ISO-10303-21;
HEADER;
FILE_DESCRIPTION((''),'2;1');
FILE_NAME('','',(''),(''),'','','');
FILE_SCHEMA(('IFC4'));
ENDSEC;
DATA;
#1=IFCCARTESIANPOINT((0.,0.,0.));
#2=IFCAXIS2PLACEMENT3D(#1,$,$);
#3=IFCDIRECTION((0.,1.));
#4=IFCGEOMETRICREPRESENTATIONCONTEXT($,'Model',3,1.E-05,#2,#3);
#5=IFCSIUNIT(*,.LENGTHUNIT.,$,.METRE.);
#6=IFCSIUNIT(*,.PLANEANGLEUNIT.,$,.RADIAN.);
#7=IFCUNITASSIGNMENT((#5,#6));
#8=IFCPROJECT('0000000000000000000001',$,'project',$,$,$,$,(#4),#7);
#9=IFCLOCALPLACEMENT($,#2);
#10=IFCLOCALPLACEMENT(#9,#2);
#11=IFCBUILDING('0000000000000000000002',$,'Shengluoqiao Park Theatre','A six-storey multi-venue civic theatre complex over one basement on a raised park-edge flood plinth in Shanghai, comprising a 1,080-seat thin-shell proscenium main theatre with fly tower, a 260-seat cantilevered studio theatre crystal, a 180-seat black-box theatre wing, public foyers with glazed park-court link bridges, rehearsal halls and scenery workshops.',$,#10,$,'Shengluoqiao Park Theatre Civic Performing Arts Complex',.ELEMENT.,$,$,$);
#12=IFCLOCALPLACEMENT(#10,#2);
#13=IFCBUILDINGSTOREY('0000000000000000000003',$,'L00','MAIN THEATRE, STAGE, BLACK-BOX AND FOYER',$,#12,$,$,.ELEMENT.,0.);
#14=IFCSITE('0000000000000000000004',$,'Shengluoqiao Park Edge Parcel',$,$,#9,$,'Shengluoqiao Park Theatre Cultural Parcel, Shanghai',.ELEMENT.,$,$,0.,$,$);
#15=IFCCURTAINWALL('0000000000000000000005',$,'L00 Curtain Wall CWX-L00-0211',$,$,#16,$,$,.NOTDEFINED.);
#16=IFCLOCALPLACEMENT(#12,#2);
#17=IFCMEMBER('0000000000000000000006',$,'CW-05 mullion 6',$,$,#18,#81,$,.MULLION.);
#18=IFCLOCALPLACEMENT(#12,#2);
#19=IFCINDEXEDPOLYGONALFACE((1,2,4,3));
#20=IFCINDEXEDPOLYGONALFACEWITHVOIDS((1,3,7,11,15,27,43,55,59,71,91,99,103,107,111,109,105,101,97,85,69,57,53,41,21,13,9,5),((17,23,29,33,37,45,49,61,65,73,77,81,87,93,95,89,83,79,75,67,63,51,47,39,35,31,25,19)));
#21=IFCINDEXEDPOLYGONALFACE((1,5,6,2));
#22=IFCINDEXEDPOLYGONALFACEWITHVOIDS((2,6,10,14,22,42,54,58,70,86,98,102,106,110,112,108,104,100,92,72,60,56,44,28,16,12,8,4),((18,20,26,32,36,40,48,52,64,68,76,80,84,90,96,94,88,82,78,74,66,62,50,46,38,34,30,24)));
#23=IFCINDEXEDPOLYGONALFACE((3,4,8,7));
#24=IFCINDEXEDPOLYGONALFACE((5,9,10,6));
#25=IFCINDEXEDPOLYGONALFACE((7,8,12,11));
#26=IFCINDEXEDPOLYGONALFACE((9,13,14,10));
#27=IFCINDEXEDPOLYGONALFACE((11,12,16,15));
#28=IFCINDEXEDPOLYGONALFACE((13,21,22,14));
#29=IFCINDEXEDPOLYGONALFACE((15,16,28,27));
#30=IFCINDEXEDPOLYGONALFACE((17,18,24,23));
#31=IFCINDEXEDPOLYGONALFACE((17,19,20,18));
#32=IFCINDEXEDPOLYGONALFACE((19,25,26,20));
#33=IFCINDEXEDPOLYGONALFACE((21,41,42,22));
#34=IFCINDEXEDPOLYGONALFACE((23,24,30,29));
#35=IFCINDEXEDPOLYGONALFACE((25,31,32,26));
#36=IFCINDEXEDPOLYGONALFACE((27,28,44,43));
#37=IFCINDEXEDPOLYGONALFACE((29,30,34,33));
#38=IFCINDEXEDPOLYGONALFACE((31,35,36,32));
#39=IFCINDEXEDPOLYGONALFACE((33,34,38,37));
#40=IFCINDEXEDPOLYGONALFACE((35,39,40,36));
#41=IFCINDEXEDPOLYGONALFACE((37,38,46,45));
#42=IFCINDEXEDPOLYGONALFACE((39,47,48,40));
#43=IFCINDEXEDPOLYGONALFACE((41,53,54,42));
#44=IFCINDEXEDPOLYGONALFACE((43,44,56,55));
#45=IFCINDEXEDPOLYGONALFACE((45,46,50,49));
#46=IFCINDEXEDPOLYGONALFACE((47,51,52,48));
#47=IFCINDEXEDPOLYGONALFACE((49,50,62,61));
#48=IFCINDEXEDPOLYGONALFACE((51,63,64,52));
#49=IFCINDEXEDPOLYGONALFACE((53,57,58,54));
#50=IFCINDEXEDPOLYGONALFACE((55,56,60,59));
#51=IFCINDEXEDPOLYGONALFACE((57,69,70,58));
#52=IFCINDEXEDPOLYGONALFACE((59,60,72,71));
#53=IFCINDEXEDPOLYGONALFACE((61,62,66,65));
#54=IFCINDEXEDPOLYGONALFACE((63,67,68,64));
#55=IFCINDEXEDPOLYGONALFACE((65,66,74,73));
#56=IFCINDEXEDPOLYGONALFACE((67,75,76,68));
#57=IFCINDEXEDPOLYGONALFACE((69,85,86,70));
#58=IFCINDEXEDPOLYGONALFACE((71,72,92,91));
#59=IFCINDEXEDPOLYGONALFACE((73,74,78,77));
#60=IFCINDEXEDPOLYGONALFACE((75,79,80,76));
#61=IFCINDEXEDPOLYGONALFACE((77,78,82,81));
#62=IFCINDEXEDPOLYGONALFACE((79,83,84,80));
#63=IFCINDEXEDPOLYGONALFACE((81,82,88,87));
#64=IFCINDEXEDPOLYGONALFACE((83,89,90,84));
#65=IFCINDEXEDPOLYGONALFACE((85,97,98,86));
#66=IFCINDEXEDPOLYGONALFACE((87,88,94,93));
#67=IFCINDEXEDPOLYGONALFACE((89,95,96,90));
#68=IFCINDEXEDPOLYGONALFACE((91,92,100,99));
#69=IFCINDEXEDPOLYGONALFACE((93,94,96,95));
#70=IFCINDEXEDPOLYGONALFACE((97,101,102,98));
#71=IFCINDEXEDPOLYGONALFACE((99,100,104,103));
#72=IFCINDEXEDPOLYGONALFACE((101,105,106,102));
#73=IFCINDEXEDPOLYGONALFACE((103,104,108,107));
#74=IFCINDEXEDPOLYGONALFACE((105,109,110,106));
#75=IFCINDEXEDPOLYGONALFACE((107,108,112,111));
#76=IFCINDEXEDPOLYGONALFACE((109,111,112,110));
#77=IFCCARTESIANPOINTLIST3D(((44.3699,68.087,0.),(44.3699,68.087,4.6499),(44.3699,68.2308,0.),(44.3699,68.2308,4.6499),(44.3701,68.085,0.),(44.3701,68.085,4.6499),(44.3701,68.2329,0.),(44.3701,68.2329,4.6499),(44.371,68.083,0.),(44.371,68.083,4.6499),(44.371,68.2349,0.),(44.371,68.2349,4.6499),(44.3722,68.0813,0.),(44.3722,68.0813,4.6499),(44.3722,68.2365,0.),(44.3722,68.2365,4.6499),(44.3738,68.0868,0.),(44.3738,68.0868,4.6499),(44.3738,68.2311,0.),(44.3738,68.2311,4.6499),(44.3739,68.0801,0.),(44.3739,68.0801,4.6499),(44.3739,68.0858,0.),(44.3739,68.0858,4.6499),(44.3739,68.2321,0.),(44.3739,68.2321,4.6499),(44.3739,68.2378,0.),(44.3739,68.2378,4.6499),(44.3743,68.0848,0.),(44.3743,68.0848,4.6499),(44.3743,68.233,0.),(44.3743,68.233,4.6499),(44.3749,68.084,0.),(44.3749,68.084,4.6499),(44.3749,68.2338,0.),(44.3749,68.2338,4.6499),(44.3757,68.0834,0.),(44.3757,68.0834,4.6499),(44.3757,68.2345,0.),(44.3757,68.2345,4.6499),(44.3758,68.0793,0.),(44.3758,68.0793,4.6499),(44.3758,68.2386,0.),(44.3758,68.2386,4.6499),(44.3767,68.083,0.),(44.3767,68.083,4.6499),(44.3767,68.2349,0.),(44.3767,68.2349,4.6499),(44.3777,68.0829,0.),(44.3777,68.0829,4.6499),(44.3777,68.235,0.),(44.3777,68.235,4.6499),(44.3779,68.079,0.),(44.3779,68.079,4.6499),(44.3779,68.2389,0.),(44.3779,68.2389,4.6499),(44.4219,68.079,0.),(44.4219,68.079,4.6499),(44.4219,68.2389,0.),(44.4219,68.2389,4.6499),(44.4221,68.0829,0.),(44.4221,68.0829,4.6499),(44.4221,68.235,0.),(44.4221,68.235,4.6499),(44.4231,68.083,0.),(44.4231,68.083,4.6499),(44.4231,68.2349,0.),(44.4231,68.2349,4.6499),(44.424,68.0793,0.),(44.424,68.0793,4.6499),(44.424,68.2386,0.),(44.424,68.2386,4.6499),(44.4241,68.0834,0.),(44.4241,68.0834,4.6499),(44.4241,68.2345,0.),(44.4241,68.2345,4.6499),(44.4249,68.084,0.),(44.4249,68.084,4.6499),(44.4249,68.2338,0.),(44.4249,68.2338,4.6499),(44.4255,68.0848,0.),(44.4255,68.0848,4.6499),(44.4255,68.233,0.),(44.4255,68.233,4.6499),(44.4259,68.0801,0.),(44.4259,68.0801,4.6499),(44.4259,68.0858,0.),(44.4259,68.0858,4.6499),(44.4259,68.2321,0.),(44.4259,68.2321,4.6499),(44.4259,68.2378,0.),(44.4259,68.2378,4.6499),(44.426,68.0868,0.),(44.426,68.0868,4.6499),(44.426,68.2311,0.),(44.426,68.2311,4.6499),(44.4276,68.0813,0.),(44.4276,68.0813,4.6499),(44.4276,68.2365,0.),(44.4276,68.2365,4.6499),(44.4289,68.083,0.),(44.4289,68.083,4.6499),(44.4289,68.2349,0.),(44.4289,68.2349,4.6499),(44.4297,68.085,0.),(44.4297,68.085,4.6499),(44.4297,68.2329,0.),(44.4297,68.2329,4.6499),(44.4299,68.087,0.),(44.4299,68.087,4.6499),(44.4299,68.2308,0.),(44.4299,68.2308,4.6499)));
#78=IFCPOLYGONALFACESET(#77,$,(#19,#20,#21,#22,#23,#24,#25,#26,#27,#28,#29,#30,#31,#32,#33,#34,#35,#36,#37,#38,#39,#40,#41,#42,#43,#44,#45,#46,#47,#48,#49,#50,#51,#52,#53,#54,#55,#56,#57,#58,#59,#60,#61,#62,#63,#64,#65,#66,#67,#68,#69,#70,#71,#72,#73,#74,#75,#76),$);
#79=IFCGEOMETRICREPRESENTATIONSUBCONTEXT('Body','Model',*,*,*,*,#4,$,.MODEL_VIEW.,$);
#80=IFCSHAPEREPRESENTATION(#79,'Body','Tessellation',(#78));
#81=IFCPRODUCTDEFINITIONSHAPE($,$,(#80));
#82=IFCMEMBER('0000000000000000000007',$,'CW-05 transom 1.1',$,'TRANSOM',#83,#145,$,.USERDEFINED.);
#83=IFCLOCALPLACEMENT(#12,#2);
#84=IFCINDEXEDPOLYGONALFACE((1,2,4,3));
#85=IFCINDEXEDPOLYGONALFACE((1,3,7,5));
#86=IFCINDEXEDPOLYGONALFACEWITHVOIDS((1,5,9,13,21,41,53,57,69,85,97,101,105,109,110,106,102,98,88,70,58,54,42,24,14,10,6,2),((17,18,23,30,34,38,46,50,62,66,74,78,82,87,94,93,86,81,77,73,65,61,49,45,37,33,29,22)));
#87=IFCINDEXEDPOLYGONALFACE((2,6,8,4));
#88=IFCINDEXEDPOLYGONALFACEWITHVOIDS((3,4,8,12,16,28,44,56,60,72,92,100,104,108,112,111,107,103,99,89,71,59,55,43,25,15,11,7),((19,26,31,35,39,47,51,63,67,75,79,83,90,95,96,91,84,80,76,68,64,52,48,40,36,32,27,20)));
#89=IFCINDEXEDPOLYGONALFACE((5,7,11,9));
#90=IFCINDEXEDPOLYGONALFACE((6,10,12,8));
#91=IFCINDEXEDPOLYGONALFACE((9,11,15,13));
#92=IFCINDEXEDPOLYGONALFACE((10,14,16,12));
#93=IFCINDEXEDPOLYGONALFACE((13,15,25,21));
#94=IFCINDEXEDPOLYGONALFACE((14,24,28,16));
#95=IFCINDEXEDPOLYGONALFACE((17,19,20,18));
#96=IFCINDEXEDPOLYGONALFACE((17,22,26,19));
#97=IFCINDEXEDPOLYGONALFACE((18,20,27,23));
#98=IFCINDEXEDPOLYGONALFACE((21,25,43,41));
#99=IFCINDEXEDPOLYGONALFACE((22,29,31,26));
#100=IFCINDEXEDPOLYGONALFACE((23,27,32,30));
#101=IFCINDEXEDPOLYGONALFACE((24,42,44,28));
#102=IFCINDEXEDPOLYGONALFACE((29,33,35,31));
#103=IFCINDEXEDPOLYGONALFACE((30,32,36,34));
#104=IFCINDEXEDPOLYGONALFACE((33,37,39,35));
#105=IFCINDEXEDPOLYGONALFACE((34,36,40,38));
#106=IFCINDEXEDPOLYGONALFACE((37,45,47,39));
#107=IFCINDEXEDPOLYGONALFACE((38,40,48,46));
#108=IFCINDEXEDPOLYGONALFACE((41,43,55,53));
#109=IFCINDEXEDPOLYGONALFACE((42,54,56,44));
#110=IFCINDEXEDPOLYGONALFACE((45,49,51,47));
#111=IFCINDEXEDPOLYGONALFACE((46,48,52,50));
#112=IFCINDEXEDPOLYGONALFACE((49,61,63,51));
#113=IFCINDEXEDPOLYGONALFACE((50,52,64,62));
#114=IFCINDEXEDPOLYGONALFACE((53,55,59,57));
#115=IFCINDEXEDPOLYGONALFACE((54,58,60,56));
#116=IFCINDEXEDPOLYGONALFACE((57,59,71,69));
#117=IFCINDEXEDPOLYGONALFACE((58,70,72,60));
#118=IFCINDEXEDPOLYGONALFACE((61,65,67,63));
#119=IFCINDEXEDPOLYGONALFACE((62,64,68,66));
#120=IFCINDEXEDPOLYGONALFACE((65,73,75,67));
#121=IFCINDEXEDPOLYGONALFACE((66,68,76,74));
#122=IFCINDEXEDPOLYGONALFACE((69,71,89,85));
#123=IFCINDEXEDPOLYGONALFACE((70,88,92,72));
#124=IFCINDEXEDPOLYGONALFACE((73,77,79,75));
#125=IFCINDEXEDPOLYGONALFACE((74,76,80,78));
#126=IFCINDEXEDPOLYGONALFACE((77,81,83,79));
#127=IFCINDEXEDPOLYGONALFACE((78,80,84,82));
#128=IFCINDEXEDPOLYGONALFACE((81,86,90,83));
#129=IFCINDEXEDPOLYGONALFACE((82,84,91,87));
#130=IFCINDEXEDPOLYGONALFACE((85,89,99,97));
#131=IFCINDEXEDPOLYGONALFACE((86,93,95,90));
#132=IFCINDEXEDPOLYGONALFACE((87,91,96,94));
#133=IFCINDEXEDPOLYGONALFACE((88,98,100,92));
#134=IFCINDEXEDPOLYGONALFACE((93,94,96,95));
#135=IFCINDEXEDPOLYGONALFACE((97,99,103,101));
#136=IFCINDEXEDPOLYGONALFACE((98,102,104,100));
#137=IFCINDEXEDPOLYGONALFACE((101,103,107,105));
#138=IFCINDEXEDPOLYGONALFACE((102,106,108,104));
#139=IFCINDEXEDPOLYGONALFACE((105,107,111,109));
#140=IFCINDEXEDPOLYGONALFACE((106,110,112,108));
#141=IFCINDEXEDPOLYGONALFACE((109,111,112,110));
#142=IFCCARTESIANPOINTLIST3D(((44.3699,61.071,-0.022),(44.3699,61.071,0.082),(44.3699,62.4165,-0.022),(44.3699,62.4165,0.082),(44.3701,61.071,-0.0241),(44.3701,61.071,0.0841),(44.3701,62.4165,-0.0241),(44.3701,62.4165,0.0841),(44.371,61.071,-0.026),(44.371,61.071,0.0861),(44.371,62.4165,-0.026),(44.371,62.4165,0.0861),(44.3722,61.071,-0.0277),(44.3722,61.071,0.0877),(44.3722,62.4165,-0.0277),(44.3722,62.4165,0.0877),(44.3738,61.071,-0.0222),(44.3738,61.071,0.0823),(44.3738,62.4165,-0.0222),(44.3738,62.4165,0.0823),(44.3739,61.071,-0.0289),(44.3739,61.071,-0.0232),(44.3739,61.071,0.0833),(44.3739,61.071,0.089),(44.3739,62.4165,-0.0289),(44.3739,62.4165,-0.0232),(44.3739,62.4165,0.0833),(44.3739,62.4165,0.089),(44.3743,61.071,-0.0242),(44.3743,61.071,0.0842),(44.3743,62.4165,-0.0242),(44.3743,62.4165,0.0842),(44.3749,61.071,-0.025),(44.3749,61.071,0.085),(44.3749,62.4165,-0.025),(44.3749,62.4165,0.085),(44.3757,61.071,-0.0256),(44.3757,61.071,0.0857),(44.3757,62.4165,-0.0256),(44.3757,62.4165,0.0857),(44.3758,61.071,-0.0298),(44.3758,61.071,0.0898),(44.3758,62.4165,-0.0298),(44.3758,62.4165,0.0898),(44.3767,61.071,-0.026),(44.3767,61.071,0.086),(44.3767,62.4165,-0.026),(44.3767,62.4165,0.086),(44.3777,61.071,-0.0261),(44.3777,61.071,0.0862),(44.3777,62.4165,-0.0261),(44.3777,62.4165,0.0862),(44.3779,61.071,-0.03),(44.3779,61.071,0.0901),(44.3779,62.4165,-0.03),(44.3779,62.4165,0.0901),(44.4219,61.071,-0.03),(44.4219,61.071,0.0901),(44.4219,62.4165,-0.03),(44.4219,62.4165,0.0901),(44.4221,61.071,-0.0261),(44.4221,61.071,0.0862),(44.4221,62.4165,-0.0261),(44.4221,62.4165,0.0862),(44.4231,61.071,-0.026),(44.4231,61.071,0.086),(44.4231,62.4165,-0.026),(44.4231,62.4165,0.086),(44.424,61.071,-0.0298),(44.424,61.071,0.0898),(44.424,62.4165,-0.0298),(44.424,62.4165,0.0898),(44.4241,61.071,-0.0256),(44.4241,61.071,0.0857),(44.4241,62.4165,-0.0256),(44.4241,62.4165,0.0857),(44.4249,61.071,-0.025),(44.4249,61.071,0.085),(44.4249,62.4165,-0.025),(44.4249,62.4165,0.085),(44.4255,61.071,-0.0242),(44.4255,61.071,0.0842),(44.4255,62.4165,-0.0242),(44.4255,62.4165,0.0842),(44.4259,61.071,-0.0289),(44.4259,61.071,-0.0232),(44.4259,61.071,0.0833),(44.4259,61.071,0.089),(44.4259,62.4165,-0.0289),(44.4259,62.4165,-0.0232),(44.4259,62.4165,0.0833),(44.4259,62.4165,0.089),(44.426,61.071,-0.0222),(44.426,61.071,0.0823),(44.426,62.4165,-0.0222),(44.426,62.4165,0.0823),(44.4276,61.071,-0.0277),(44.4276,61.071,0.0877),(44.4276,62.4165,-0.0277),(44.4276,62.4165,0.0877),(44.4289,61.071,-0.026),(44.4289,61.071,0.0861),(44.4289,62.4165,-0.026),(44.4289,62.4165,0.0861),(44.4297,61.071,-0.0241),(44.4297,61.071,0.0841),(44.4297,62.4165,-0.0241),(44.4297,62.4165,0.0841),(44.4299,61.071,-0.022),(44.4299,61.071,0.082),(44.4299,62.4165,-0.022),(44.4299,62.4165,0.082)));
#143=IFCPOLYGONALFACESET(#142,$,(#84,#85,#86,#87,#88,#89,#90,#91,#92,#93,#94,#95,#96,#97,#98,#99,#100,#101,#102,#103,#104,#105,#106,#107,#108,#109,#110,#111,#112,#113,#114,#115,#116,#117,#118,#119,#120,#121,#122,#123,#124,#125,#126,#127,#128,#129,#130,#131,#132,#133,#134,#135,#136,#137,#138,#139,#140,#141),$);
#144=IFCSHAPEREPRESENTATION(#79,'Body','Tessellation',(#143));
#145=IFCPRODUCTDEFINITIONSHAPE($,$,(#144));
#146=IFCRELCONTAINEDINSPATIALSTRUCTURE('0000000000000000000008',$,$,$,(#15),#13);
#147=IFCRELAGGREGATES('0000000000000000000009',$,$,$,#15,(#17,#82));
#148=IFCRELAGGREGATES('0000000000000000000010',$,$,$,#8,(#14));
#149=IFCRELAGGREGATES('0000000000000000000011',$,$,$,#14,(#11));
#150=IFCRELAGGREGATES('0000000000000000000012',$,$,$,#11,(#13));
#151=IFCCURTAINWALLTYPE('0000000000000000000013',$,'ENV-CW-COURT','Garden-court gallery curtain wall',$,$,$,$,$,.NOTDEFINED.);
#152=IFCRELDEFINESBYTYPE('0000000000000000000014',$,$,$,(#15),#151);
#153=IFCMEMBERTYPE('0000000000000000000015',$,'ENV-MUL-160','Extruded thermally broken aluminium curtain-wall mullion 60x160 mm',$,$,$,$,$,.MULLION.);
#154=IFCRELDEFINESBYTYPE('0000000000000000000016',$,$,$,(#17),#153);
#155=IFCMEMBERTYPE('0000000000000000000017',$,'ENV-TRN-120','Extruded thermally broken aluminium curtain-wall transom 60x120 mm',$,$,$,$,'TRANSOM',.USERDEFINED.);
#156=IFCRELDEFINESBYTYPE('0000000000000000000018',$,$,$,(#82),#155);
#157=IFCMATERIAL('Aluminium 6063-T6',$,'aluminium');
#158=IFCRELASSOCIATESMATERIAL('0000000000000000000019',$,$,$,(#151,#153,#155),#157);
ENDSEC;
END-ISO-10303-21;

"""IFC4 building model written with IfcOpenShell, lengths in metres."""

from ifc_helpers import new_model, si_unit, direction, frame, origin, origin_2d, place, context, subcontext, project, spatial, hollow_rectangle, extrude, material, material_profile, profile_set, type_object, element, aggregate, save


model = new_model("IFC4")

# Units and contexts
model_context = context("Model", 3, precision=1e-05, world=origin(), true_north=direction((0.0, 1.0)))
body_context = subcontext(model_context, "Body", "Model", "MODEL_VIEW")
ifc_project = project(units=[si_unit("LENGTHUNIT", "METRE"), si_unit("PLANEANGLEUNIT", "RADIAN")], contexts=[model_context])

# Site, building, storey
site_placement = place(None, origin())
site = spatial("IfcSite", under=ifc_project, at=site_placement, Name="Shengluoqiao Park Edge Parcel", LongName="Shengluoqiao Park Theatre Cultural Parcel, Shanghai", CompositionType="ELEMENT", RefElevation=0.0)
building_placement = place(site_placement, origin())
building = spatial("IfcBuilding", under=site, at=building_placement, Name="Shengluoqiao Park Theatre", Description="A six-storey multi-venue civic theatre complex over one basement on a raised park-edge flood plinth in Shanghai, comprising a 1,080-seat thin-shell proscenium main theatre with fly tower, a 260-seat cantilevered studio theatre crystal, a 180-seat black-box theatre wing, public foyers with glazed park-court link bridges, rehearsal halls and scenery workshops.", LongName="Shengluoqiao Park Theatre Civic Performing Arts Complex", CompositionType="ELEMENT")
storey_placement = place(building_placement, origin())
storey = spatial("IfcBuildingStorey", under=building, at=storey_placement, Name="L00", Description="MAIN THEATRE, STAGE, BLACK-BOX AND FOYER", CompositionType="ELEMENT", Elevation=0.0)

# Curtain wall, members
ifc_material_1 = material(Name="Aluminium 6063-T6", Category="aluminium")
curtain_wall_type = type_object("IfcCurtainWallType", Name="ENV-CW-COURT", Description="Garden-court gallery curtain wall", PredefinedType="NOTDEFINED", material=ifc_material_1)
curtain_wall_placement = place(storey_placement, origin())
curtain_wall = element("IfcCurtainWall", 1, at=curtain_wall_placement, inside=storey, type_object=curtain_wall_type, Name="L00 Curtain Wall CWX-L00-0211", PredefinedType="NOTDEFINED")
ifc_material_profile_1 = material_profile(ifc_material_1, hollow_rectangle(XDim=0.0601, YDim=0.1599, WallThickness=0.0039, InnerFilletRadius=0.0039, OuterFilletRadius=0.0081, at=origin_2d()), Name="ALU MULLION 160x60x4")
ifc_profile_set_1 = profile_set([ifc_material_profile_1], Name="Aluminium 6063-T6")
member_type_1 = type_object("IfcMemberType", Name="ENV-MUL-160", Description="Extruded thermally broken aluminium curtain-wall mullion 60x160 mm", PredefinedType="MULLION", material=ifc_profile_set_1)
member_1_placement = place(storey_placement, frame((44.3999, 68.1589, 0.0), z_axis=(0.0, 0.0, 1.0), x_axis=(-1.0, 0.0, 0.0)))
member_1 = element("IfcMember", 2, at=member_1_placement, type_object=member_type_1, Name="CW-05 mullion 6", PredefinedType="MULLION", context=body_context, shape_type="SweptSolid", body=[
    extrude(hollow_rectangle(XDim=0.0601, YDim=0.1599, WallThickness=0.0039, InnerFilletRadius=0.0039, OuterFilletRadius=0.0081, at=origin_2d()), origin(), (0.0, 0.0, 1.0), 4.6499),
])
ifc_material_profile_2 = material_profile(ifc_material_1, hollow_rectangle(XDim=0.0601, YDim=0.1201, WallThickness=0.0039, InnerFilletRadius=0.0039, OuterFilletRadius=0.0081, at=origin_2d()), Name="ALU TRANSOM 120x60x4")
ifc_profile_set_2 = profile_set([ifc_material_profile_2], Name="Aluminium 6063-T6")
member_type_2 = type_object("IfcMemberType", Name="ENV-TRN-120", Description="Extruded thermally broken aluminium curtain-wall transom 60x120 mm", ElementType="TRANSOM", PredefinedType="USERDEFINED", material=ifc_profile_set_2)
member_2_placement = place(storey_placement, frame((44.3999, 61.071, 0.03), z_axis=(0.0, 1.0, 0.0), x_axis=(-1.0, 0.0, 0.0)))
member_2 = element("IfcMember", 3, at=member_2_placement, type_object=member_type_2, Name="CW-05 transom 1.1", ObjectType="TRANSOM", PredefinedType="USERDEFINED", context=body_context, shape_type="SweptSolid", body=[
    extrude(hollow_rectangle(XDim=0.0601, YDim=0.1201, WallThickness=0.0039, InnerFilletRadius=0.0039, OuterFilletRadius=0.0081, at=origin_2d()), origin(), (0.0, 0.0, 1.0), 1.3455),
])
aggregate(curtain_wall, [member_1, member_2])

save(model, "model.ifc")
